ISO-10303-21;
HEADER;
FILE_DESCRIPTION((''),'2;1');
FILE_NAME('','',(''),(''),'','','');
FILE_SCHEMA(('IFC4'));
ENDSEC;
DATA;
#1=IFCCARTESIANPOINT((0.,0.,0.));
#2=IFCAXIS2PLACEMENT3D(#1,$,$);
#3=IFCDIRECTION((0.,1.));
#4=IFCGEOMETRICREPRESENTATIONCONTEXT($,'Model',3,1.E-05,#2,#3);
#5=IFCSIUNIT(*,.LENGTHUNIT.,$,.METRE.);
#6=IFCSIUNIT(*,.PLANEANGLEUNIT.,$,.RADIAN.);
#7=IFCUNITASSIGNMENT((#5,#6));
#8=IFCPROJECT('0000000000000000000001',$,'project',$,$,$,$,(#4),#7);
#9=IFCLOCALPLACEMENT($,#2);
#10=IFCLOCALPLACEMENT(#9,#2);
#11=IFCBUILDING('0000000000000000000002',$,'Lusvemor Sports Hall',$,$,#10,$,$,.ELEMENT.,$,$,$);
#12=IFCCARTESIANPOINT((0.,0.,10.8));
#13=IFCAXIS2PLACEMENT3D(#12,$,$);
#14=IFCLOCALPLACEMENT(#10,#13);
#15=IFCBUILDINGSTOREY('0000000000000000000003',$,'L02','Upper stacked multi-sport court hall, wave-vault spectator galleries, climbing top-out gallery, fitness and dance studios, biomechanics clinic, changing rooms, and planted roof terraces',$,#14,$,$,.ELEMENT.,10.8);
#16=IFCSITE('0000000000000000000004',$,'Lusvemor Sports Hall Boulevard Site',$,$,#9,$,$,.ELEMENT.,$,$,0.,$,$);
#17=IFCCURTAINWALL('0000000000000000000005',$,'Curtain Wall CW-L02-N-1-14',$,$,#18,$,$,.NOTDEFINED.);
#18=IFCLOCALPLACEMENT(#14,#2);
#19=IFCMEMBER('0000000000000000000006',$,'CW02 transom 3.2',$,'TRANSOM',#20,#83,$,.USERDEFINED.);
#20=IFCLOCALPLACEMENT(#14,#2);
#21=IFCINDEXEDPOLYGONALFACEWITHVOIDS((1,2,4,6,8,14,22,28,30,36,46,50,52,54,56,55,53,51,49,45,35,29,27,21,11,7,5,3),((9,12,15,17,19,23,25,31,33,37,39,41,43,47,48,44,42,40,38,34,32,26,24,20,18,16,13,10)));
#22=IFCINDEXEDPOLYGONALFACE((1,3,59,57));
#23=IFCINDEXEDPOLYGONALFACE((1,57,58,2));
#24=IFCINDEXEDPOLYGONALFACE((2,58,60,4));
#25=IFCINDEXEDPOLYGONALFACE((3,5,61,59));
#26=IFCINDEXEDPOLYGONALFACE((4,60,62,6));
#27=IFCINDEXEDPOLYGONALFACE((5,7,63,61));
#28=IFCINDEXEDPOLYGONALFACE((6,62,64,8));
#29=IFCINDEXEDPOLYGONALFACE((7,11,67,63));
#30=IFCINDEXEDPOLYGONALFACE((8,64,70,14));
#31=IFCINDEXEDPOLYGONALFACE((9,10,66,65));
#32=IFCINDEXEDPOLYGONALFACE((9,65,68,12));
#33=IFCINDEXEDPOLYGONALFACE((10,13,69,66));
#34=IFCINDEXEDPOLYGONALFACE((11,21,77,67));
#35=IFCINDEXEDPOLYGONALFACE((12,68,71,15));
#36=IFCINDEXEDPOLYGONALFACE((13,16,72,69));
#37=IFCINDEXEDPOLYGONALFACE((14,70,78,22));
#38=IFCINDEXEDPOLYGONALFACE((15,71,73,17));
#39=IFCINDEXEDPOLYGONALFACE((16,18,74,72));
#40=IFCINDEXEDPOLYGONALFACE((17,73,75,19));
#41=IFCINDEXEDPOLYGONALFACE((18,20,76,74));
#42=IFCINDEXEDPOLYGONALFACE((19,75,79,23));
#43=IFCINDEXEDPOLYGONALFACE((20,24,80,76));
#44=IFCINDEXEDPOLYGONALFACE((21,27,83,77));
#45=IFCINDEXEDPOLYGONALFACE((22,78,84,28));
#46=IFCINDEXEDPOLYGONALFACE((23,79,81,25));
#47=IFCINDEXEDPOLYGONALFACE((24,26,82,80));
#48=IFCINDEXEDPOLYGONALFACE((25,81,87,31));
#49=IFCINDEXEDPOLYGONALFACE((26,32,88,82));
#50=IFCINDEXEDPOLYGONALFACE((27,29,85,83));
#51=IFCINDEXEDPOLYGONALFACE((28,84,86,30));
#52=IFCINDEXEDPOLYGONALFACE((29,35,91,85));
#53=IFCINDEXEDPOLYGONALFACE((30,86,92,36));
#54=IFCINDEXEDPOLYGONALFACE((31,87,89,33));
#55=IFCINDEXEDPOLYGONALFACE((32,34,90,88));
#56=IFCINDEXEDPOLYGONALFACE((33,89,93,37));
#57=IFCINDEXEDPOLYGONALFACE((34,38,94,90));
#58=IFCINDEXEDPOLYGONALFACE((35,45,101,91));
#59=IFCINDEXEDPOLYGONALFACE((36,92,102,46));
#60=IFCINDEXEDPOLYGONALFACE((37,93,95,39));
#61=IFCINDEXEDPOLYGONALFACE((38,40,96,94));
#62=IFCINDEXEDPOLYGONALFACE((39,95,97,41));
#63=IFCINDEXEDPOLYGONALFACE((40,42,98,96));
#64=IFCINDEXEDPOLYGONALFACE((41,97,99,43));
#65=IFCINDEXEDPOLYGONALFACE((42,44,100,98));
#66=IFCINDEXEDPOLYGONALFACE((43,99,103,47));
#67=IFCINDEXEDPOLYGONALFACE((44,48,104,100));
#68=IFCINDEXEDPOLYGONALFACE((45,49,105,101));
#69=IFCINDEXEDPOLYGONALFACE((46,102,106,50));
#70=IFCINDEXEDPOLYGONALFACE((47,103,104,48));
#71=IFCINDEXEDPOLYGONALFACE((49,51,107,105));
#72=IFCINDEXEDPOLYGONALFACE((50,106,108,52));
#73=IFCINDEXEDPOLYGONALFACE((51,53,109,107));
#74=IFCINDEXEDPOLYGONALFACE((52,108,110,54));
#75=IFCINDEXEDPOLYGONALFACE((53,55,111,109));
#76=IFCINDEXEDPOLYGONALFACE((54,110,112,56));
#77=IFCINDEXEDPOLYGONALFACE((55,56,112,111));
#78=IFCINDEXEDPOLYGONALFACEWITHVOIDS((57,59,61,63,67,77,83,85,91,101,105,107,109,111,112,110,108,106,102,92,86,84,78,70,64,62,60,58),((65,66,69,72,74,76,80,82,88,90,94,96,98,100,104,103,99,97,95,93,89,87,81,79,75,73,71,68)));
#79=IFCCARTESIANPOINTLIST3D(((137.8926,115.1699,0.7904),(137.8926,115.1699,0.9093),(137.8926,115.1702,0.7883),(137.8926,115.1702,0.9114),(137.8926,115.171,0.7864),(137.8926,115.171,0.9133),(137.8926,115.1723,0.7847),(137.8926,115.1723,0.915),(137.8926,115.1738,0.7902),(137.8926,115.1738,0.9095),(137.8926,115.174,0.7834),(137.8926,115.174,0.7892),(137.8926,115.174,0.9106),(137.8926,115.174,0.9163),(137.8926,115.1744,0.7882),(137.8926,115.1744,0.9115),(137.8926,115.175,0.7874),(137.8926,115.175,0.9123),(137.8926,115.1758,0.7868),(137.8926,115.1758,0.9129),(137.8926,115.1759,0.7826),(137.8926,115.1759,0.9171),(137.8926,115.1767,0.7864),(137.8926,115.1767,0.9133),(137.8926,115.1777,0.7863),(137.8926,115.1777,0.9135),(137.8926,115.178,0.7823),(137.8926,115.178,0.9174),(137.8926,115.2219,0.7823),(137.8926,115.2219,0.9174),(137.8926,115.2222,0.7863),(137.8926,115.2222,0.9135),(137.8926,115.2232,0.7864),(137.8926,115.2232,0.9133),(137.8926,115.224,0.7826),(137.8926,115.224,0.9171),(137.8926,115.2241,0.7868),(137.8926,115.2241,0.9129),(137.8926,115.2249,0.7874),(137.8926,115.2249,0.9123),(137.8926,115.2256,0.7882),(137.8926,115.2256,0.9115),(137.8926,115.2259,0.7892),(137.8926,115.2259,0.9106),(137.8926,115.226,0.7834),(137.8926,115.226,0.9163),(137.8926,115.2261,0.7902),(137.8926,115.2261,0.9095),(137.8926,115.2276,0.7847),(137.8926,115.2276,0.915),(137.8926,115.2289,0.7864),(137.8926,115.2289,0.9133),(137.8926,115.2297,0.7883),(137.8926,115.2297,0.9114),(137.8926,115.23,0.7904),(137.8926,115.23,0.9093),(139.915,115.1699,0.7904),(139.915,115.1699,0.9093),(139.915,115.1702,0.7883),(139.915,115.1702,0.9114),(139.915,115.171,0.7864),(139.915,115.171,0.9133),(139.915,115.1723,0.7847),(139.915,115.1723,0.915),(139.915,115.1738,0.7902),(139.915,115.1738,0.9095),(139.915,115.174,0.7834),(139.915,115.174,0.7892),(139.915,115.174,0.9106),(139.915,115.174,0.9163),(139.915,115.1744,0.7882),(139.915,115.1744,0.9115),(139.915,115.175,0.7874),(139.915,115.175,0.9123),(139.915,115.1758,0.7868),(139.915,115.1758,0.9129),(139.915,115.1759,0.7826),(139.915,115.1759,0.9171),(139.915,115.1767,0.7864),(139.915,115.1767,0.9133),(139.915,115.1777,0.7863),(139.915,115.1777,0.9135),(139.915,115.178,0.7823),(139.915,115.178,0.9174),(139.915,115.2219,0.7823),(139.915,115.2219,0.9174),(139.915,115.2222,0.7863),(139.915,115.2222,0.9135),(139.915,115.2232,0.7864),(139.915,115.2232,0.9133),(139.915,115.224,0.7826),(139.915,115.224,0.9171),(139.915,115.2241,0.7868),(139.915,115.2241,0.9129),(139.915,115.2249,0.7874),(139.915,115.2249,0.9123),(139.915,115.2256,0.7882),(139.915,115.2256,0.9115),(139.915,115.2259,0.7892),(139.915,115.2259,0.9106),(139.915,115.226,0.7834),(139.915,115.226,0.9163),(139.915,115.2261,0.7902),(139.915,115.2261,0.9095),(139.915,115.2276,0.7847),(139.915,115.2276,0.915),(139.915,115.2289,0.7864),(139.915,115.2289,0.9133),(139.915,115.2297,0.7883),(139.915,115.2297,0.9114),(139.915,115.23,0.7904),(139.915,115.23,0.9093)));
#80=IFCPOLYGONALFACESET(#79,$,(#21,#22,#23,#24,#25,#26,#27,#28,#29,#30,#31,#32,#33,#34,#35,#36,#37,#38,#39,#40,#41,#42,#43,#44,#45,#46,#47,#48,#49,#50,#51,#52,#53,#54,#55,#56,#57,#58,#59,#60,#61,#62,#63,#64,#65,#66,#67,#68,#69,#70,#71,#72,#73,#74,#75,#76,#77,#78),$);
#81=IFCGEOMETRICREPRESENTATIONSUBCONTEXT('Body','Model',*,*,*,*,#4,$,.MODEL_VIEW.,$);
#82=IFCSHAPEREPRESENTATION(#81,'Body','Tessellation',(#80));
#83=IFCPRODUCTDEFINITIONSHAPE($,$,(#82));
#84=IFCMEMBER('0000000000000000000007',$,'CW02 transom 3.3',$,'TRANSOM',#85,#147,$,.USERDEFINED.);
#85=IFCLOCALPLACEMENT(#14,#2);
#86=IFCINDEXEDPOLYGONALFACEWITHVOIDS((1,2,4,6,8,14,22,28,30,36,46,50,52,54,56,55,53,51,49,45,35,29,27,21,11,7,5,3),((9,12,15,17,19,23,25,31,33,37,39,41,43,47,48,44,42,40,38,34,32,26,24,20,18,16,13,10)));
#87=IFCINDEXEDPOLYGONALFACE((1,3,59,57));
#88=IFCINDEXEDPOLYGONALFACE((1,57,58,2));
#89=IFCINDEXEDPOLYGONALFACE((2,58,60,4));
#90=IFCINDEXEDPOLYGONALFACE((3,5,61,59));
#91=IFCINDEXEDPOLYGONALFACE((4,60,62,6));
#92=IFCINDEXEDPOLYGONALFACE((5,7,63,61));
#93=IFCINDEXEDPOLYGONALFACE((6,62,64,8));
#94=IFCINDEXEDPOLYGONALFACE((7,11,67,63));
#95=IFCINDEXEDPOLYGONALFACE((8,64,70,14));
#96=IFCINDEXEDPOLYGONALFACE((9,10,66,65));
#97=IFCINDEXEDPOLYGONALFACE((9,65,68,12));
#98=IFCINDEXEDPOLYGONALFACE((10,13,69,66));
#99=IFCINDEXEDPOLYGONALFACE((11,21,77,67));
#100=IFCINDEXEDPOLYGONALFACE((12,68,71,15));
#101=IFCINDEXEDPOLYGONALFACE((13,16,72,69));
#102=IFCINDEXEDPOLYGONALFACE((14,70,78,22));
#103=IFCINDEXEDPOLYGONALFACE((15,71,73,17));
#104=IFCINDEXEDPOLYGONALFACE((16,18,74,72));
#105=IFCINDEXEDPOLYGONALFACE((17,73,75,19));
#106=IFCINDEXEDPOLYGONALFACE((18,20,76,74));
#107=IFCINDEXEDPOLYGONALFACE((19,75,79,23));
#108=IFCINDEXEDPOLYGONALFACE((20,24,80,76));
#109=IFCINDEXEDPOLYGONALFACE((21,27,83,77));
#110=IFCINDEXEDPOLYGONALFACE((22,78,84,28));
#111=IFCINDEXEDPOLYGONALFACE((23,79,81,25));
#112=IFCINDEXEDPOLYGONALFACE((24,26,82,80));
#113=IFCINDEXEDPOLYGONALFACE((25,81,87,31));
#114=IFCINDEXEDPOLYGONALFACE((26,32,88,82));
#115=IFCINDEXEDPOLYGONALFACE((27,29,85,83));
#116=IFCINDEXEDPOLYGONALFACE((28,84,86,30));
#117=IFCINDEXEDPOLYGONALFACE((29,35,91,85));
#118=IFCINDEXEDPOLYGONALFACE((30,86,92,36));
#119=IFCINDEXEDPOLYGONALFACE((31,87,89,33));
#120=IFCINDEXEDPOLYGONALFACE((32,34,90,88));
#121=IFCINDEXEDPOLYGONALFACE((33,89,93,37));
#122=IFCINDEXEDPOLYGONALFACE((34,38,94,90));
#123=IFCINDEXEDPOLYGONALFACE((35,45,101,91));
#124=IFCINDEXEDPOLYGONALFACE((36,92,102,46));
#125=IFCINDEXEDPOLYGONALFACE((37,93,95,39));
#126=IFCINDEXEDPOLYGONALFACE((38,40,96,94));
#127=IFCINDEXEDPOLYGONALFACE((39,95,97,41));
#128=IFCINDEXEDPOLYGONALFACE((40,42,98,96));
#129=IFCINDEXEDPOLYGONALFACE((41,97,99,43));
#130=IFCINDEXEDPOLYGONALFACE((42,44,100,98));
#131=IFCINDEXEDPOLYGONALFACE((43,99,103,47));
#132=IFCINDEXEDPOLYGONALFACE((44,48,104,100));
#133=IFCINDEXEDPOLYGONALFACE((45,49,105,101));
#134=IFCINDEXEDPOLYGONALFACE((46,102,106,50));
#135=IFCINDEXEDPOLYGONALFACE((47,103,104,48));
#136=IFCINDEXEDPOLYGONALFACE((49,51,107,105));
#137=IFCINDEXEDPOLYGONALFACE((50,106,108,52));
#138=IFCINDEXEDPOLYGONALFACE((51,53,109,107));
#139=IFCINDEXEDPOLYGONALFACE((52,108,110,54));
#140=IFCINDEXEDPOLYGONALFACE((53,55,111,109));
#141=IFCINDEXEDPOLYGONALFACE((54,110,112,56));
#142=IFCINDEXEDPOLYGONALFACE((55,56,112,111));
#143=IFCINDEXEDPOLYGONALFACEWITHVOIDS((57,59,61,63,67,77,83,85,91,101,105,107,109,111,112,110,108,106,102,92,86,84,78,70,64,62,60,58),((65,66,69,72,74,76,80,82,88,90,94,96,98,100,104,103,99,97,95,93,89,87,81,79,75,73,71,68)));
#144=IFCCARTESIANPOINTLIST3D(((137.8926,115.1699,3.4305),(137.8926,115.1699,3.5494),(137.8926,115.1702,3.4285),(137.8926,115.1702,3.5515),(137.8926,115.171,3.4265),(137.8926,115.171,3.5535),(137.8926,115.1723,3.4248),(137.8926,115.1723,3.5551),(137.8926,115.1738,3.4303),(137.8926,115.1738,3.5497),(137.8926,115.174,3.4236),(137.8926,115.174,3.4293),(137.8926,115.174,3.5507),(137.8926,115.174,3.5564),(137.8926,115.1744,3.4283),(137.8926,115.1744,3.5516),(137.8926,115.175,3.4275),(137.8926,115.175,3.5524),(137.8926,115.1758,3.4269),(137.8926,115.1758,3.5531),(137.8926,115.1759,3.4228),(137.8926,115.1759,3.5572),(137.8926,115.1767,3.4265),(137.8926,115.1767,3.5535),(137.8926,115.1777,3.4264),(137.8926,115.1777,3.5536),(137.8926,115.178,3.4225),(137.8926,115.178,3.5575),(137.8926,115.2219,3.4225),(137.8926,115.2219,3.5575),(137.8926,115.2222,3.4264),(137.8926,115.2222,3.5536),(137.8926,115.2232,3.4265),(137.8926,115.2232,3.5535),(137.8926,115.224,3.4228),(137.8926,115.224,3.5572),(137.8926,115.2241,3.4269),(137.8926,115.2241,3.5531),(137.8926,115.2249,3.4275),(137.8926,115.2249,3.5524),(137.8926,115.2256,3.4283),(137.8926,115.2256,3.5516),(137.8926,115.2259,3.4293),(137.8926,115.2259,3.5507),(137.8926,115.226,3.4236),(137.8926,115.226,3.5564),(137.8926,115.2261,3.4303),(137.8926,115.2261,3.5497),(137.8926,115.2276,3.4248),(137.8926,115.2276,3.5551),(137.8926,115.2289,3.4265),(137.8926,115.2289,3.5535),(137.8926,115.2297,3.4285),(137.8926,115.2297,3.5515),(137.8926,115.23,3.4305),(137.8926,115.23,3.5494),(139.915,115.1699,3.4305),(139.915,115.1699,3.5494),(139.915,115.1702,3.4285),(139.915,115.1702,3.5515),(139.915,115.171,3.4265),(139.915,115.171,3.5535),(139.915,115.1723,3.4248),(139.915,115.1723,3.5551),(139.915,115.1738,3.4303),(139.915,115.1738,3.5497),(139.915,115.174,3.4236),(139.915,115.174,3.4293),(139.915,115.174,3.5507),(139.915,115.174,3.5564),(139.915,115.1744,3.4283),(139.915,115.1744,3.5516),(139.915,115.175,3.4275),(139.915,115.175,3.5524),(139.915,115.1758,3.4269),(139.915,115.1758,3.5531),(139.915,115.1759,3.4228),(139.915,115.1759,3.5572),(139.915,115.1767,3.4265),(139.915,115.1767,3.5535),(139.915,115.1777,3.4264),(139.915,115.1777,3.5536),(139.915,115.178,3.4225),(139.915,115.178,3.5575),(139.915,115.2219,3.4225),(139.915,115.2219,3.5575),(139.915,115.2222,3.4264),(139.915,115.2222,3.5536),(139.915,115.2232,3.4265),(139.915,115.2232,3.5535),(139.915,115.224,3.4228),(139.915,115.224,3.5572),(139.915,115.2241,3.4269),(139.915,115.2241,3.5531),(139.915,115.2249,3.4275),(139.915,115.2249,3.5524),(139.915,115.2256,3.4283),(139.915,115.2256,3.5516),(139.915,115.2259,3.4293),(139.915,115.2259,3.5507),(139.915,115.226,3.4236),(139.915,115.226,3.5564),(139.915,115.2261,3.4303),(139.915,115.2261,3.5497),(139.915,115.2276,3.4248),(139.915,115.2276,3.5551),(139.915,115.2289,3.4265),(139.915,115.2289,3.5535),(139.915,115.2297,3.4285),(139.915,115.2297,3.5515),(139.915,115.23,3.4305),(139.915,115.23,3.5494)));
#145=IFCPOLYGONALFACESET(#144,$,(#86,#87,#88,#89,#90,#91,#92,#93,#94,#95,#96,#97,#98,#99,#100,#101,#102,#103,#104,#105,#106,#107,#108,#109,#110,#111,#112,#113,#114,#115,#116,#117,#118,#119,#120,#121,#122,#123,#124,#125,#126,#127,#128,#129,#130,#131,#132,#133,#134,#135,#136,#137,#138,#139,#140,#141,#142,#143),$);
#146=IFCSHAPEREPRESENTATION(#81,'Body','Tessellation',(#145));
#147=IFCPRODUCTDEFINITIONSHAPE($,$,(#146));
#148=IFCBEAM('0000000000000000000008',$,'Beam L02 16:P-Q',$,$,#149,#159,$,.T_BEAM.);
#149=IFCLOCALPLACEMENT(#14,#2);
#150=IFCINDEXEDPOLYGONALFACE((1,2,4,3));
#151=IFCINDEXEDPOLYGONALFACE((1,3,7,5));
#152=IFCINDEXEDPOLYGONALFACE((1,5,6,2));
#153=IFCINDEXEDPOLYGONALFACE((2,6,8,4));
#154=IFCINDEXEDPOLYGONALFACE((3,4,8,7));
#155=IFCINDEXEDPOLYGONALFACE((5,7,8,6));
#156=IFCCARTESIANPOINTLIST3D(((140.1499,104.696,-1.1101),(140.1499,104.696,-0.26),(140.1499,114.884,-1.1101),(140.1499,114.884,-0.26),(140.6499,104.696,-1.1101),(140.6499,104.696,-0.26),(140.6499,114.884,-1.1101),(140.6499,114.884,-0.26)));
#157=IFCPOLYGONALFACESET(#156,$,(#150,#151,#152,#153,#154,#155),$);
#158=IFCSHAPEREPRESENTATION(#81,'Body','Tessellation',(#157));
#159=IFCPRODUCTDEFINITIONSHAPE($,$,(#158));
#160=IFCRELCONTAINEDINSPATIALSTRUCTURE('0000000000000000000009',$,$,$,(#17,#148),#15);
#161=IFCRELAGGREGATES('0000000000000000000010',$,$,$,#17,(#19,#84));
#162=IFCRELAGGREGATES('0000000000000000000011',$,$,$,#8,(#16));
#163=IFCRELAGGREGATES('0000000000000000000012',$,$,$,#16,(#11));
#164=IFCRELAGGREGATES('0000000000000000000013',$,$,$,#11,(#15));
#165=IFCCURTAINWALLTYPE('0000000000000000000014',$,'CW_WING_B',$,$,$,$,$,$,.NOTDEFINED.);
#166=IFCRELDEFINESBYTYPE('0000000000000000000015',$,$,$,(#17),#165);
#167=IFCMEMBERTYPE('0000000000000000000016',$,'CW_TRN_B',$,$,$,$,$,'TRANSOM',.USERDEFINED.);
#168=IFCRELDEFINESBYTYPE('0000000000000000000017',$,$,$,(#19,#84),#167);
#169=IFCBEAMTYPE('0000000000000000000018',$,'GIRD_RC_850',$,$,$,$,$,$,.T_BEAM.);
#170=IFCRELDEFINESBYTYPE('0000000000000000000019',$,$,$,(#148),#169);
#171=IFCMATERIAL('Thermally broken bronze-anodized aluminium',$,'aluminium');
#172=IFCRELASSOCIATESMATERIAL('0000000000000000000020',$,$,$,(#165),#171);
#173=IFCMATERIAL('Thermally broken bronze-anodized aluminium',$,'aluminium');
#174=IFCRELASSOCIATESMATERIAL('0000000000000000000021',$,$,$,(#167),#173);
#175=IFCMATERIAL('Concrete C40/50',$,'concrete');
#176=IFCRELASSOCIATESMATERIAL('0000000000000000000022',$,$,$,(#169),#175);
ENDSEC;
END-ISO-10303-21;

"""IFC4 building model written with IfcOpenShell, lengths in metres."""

from ifc_helpers import new_model, si_unit, direction, frame, origin, origin_2d, place, context, subcontext, project, spatial, rectangle, hollow_rectangle, extrude, material, material_profile, profile_set, type_object, element, aggregate, save


model = new_model("IFC4")

# Units and contexts
model_context = context("Model", 3, precision=1e-05, world=origin(), true_north=direction((0.0, 1.0)))
body_context = subcontext(model_context, "Body", "Model", "MODEL_VIEW")
ifc_project = project(units=[si_unit("LENGTHUNIT", "METRE"), si_unit("PLANEANGLEUNIT", "RADIAN")], contexts=[model_context])

# Site, building, storey
site_placement = place(None, origin())
site = spatial("IfcSite", under=ifc_project, at=site_placement, Name="Lusvemor Sports Hall Boulevard Site", CompositionType="ELEMENT", RefElevation=0.0)
building_placement = place(site_placement, origin())
building = spatial("IfcBuilding", under=site, at=building_placement, Name="Lusvemor Sports Hall", CompositionType="ELEMENT")
storey_placement = place(building_placement, frame((0.0, 0.0, 10.8)))
storey = spatial("IfcBuildingStorey", under=building, at=storey_placement, Name="L02", Description="Upper stacked multi-sport court hall, wave-vault spectator galleries, climbing top-out gallery, fitness and dance studios, biomechanics clinic, changing rooms, and planted roof terraces", CompositionType="ELEMENT", Elevation=10.8)

# Curtain wall, members
ifc_material_1 = material(Name="Thermally broken bronze-anodized aluminium", Category="aluminium")
curtain_wall_type = type_object("IfcCurtainWallType", Name="CW_WING_B", PredefinedType="NOTDEFINED", material=ifc_material_1)
curtain_wall_placement = place(storey_placement, origin())
curtain_wall = element("IfcCurtainWall", 1, at=curtain_wall_placement, inside=storey, type_object=curtain_wall_type, Name="Curtain Wall CW-L02-N-1-14", PredefinedType="NOTDEFINED")
ifc_material_2 = material(Name="Thermally broken bronze-anodized aluminium", Category="aluminium")
ifc_material_profile_1 = material_profile(ifc_material_2, hollow_rectangle(XDim=0.0601, YDim=0.135, WallThickness=0.0039, InnerFilletRadius=0.0039, OuterFilletRadius=0.0081, at=origin_2d()), Name="CWTRN135x60x4")
ifc_profile_set_1 = profile_set([ifc_material_profile_1], Name="Thermally broken bronze-anodized aluminium")
member_type_1 = type_object("IfcMemberType", Name="CW_TRN_B", ElementType="TRANSOM", PredefinedType="USERDEFINED", material=ifc_profile_set_1)
member_1_placement = place(storey_placement, frame((137.8926, 115.2, 0.8499), z_axis=(1.0, 0.0, 0.0), x_axis=(0.0, 1.0, 0.0)))
member_1 = element("IfcMember", 2, at=member_1_placement, type_object=member_type_1, Name="CW02 transom 3.2", ObjectType="TRANSOM", PredefinedType="USERDEFINED", context=body_context, shape_type="SweptSolid", body=[
    extrude(hollow_rectangle(XDim=0.0601, YDim=0.135, WallThickness=0.0039, InnerFilletRadius=0.0039, OuterFilletRadius=0.0081, at=origin_2d()), origin(), (0.0, 0.0, 1.0), 2.0225),
])
member_2_placement = place(storey_placement, frame((137.8926, 115.2, 3.49), z_axis=(1.0, 0.0, 0.0), x_axis=(0.0, 1.0, 0.0)))
member_2 = element("IfcMember", 3, at=member_2_placement, type_object=member_type_1, Name="CW02 transom 3.3", ObjectType="TRANSOM", PredefinedType="USERDEFINED", context=body_context, shape_type="SweptSolid", body=[
    extrude(hollow_rectangle(XDim=0.0601, YDim=0.135, WallThickness=0.0039, InnerFilletRadius=0.0039, OuterFilletRadius=0.0081, at=origin_2d()), origin(), (0.0, 0.0, 1.0), 2.0225),
])

# Beam
ifc_material_3 = material(Name="Concrete C40/50", Category="concrete")
ifc_material_profile_2 = material_profile(ifc_material_3, rectangle(XDim=0.5, YDim=0.8501, at=origin_2d()), Name="RC500x850")
ifc_profile_set_2 = profile_set([ifc_material_profile_2], Name="Concrete C40/50")
beam_type_1 = type_object("IfcBeamType", Name="GIRD_RC_850", PredefinedType="T_BEAM", material=ifc_profile_set_2)
beam_1_placement = place(storey_placement, frame((140.3999, 104.696, -0.6851), z_axis=(0.0, 1.0, 0.0), x_axis=(-1.0, 0.0, 0.0)))
element("IfcBeam", 4, at=beam_1_placement, inside=storey, type_object=beam_type_1, Name="Beam L02 16:P-Q", PredefinedType="T_BEAM", context=body_context, shape_type="SweptSolid", body=[
    extrude(rectangle(XDim=0.5, YDim=0.8501, at=origin_2d()), origin(), (0.0, 0.0, 1.0), 10.188),
])

aggregate(curtain_wall, [member_1, member_2])

save(model, "model.ifc")
